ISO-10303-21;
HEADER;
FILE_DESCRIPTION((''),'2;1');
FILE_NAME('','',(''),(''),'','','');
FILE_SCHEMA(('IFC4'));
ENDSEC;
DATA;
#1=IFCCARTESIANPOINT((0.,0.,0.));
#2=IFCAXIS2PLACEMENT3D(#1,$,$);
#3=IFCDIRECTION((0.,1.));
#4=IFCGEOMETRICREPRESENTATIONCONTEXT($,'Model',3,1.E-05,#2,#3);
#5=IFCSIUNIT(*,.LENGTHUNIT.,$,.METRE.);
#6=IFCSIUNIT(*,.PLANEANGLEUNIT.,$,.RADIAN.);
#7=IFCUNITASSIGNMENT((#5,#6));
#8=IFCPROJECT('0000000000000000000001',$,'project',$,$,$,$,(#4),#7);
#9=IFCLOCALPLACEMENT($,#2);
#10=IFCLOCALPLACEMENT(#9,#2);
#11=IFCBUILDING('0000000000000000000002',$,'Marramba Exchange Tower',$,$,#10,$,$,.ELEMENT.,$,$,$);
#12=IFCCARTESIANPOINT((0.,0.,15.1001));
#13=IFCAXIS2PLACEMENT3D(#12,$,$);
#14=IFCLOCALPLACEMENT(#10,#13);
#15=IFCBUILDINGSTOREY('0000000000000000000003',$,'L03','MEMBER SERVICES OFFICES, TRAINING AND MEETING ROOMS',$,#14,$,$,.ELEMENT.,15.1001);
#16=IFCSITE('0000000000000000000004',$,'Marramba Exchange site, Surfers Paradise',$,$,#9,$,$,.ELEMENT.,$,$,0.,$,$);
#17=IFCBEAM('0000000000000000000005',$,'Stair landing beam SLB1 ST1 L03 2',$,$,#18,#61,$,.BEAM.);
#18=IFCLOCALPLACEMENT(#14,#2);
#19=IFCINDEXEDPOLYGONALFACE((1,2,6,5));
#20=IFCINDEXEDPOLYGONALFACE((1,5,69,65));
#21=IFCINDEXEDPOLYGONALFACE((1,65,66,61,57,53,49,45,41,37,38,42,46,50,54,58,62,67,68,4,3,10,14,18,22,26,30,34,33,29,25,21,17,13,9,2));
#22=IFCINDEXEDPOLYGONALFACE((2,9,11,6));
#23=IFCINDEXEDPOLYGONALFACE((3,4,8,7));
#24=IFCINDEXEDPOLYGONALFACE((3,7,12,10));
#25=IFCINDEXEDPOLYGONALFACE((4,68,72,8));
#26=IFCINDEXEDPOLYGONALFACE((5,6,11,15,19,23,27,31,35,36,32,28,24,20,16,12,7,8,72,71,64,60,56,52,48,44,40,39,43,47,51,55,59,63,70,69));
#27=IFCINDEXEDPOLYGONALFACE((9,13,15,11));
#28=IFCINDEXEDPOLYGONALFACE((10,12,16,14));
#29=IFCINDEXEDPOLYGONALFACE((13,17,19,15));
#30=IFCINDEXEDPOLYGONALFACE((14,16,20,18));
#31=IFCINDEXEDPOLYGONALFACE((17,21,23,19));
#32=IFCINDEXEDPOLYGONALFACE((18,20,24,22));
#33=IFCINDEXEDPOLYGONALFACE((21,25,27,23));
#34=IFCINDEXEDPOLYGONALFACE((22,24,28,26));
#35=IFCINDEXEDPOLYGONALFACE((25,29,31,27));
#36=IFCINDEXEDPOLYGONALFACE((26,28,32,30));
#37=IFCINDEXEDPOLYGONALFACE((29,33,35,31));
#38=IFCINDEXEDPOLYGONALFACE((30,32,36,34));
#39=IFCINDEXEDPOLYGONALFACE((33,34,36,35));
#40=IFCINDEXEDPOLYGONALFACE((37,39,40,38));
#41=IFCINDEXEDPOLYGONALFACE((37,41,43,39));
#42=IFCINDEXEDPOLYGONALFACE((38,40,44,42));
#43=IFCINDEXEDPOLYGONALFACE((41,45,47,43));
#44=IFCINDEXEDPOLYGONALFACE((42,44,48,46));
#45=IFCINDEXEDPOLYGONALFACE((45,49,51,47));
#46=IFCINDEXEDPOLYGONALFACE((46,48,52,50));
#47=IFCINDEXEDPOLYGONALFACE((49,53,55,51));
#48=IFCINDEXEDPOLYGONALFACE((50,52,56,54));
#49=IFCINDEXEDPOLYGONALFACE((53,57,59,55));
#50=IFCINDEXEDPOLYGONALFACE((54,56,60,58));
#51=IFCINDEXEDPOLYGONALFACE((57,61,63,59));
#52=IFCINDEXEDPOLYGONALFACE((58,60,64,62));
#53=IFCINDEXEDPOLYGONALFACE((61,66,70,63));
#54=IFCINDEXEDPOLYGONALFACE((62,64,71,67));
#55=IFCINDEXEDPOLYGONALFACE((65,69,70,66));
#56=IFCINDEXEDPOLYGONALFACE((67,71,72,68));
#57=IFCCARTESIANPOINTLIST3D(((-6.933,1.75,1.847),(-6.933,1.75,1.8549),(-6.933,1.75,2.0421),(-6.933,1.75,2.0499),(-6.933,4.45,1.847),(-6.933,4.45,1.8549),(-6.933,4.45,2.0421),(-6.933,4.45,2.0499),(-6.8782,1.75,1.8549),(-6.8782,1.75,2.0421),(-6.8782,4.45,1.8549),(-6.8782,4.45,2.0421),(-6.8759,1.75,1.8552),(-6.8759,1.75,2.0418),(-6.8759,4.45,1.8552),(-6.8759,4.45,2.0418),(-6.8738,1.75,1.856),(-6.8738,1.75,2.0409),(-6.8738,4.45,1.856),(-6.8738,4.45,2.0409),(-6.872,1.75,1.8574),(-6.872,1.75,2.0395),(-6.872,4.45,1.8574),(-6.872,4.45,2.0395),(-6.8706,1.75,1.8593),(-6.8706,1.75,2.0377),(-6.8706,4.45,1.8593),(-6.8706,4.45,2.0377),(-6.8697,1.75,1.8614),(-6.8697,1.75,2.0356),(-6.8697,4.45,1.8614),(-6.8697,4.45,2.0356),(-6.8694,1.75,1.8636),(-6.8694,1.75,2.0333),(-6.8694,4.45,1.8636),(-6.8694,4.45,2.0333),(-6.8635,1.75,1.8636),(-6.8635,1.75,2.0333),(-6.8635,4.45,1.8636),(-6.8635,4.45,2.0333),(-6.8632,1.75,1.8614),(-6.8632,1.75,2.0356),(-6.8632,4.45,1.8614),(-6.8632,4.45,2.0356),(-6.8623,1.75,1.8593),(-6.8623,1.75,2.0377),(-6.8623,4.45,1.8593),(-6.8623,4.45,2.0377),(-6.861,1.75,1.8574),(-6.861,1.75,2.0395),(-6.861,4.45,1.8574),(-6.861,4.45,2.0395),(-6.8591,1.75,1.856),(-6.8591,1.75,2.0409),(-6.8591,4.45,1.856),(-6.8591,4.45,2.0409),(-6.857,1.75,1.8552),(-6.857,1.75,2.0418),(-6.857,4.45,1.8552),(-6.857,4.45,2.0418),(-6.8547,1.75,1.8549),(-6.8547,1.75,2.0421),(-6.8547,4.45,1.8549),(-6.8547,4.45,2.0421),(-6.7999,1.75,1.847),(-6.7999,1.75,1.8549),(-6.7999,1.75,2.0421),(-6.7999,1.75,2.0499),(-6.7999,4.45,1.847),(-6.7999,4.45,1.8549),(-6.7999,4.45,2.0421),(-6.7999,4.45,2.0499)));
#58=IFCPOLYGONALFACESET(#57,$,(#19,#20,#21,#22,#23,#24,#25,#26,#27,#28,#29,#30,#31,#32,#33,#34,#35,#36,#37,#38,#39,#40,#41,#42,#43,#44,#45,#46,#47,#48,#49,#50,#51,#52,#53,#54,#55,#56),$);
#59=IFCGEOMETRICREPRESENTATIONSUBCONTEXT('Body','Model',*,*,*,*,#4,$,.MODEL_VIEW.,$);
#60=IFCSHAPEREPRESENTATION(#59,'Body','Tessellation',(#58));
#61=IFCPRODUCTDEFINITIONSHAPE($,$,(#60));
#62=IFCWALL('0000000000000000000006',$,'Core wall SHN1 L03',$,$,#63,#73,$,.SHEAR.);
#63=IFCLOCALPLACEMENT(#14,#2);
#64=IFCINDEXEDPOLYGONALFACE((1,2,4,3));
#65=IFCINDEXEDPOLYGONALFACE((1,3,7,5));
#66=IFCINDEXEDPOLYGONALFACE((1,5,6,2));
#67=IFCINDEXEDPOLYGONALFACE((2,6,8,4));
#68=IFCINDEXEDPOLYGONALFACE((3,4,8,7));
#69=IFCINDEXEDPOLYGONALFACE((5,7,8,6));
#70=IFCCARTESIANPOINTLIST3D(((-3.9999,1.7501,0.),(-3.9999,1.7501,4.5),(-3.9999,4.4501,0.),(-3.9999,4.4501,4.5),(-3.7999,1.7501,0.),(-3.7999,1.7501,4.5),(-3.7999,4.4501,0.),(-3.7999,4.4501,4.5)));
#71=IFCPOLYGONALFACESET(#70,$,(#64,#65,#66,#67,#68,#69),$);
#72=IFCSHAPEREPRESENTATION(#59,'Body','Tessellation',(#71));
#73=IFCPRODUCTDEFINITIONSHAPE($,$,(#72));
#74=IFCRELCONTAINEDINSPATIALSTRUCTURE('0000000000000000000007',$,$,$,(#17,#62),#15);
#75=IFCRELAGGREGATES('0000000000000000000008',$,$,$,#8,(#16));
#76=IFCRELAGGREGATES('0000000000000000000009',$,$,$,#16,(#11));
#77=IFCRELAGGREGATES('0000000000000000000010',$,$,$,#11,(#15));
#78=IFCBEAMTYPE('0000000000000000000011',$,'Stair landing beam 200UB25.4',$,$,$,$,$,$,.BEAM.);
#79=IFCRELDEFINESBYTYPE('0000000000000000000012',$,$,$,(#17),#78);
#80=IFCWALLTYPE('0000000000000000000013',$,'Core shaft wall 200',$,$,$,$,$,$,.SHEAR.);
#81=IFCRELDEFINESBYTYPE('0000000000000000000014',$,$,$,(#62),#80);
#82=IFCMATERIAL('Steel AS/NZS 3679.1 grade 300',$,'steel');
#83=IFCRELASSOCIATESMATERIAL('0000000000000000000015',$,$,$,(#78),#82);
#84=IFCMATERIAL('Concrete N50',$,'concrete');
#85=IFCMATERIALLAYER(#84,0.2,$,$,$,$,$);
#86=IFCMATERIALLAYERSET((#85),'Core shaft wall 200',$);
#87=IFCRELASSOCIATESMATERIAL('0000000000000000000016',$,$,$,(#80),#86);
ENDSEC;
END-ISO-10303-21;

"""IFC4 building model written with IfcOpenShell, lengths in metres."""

from ifc_helpers import new_model, si_unit, direction, frame, frame_2d, origin, origin_2d, place, context, subcontext, project, spatial, rectangle, i_section, extrude, material, layer, layer_set, material_profile, profile_set, type_object, element, save


model = new_model("IFC4")

# Units and contexts
model_context = context("Model", 3, precision=1e-05, world=origin(), true_north=direction((0.0, 1.0)))
body_context = subcontext(model_context, "Body", "Model", "MODEL_VIEW")
ifc_project = project(units=[si_unit("LENGTHUNIT", "METRE"), si_unit("PLANEANGLEUNIT", "RADIAN")], contexts=[model_context])

# Site, building, storey
site_placement = place(None, origin())
site = spatial("IfcSite", under=ifc_project, at=site_placement, Name="Marramba Exchange site, Surfers Paradise", CompositionType="ELEMENT", RefElevation=0.0)
building_placement = place(site_placement, origin())
building = spatial("IfcBuilding", under=site, at=building_placement, Name="Marramba Exchange Tower", CompositionType="ELEMENT")
storey_placement = place(building_placement, frame((0.0, 0.0, 15.1001)))
storey = spatial("IfcBuildingStorey", under=building, at=storey_placement, Name="L03", Description="MEMBER SERVICES OFFICES, TRAINING AND MEETING ROOMS", CompositionType="ELEMENT", Elevation=15.1001)

# Beam
ifc_material_1 = material(Name="Steel AS/NZS 3679.1 grade 300", Category="steel")
ifc_material_profile_1 = material_profile(ifc_material_1, i_section(OverallWidth=0.1331, OverallDepth=0.2029, WebThickness=0.0059, FlangeThickness=0.0078, FilletRadius=0.0088, at=origin_2d()), Name="200UB25.4")
ifc_profile_set_1 = profile_set([ifc_material_profile_1], Name="Steel AS/NZS 3679.1 grade 300")
beam_type_1 = type_object("IfcBeamType", Name="Stair landing beam 200UB25.4", PredefinedType="BEAM", material=ifc_profile_set_1)
for number, where, z_axis, x_axis, name in (
    (1, (-6.8665, 1.75, 1.9485), (0.0, 1.0, 0.0), (-1.0, 0.0, 0.0), "Stair landing beam SLB1 ST1 L03 2"),
):
    element("IfcBeam", number, at=place(storey_placement, frame(where, z_axis=z_axis, x_axis=x_axis)), inside=storey, type_object=beam_type_1, Name=name, PredefinedType="BEAM", context=body_context, shape_type="SweptSolid", body=[
        extrude(i_section(OverallWidth=0.1331, OverallDepth=0.2029, WebThickness=0.0059, FlangeThickness=0.0078, FilletRadius=0.0088, at=origin_2d()), origin(), (0.0, 0.0, 1.0), 2.7),
    ])

# Wall
ifc_material_2 = material(Name="Concrete N50", Category="concrete")
ifc_layer_1 = layer(ifc_material_2, 0.2)
ifc_layer_set_1 = layer_set([ifc_layer_1], Name="Core shaft wall 200")
wall_type_1 = type_object("IfcWallType", Name="Core shaft wall 200", PredefinedType="SHEAR", material=ifc_layer_set_1)
wall_1_placement = place(storey_placement, frame((-3.8999, 1.75, 0.0), z_axis=(0.0, 0.0, 1.0), x_axis=(0.0, 1.0, 0.0)))
element("IfcWall", 2, at=wall_1_placement, inside=storey, type_object=wall_type_1, Name="Core wall SHN1 L03", PredefinedType="SHEAR", context=body_context, shape_type="SweptSolid", body=[
    extrude(rectangle(XDim=2.7, YDim=0.2, at=frame_2d((1.3501, 0.0))), origin(), (0.0, 0.0, 1.0), 4.5),
])

save(model, "model.ifc")
